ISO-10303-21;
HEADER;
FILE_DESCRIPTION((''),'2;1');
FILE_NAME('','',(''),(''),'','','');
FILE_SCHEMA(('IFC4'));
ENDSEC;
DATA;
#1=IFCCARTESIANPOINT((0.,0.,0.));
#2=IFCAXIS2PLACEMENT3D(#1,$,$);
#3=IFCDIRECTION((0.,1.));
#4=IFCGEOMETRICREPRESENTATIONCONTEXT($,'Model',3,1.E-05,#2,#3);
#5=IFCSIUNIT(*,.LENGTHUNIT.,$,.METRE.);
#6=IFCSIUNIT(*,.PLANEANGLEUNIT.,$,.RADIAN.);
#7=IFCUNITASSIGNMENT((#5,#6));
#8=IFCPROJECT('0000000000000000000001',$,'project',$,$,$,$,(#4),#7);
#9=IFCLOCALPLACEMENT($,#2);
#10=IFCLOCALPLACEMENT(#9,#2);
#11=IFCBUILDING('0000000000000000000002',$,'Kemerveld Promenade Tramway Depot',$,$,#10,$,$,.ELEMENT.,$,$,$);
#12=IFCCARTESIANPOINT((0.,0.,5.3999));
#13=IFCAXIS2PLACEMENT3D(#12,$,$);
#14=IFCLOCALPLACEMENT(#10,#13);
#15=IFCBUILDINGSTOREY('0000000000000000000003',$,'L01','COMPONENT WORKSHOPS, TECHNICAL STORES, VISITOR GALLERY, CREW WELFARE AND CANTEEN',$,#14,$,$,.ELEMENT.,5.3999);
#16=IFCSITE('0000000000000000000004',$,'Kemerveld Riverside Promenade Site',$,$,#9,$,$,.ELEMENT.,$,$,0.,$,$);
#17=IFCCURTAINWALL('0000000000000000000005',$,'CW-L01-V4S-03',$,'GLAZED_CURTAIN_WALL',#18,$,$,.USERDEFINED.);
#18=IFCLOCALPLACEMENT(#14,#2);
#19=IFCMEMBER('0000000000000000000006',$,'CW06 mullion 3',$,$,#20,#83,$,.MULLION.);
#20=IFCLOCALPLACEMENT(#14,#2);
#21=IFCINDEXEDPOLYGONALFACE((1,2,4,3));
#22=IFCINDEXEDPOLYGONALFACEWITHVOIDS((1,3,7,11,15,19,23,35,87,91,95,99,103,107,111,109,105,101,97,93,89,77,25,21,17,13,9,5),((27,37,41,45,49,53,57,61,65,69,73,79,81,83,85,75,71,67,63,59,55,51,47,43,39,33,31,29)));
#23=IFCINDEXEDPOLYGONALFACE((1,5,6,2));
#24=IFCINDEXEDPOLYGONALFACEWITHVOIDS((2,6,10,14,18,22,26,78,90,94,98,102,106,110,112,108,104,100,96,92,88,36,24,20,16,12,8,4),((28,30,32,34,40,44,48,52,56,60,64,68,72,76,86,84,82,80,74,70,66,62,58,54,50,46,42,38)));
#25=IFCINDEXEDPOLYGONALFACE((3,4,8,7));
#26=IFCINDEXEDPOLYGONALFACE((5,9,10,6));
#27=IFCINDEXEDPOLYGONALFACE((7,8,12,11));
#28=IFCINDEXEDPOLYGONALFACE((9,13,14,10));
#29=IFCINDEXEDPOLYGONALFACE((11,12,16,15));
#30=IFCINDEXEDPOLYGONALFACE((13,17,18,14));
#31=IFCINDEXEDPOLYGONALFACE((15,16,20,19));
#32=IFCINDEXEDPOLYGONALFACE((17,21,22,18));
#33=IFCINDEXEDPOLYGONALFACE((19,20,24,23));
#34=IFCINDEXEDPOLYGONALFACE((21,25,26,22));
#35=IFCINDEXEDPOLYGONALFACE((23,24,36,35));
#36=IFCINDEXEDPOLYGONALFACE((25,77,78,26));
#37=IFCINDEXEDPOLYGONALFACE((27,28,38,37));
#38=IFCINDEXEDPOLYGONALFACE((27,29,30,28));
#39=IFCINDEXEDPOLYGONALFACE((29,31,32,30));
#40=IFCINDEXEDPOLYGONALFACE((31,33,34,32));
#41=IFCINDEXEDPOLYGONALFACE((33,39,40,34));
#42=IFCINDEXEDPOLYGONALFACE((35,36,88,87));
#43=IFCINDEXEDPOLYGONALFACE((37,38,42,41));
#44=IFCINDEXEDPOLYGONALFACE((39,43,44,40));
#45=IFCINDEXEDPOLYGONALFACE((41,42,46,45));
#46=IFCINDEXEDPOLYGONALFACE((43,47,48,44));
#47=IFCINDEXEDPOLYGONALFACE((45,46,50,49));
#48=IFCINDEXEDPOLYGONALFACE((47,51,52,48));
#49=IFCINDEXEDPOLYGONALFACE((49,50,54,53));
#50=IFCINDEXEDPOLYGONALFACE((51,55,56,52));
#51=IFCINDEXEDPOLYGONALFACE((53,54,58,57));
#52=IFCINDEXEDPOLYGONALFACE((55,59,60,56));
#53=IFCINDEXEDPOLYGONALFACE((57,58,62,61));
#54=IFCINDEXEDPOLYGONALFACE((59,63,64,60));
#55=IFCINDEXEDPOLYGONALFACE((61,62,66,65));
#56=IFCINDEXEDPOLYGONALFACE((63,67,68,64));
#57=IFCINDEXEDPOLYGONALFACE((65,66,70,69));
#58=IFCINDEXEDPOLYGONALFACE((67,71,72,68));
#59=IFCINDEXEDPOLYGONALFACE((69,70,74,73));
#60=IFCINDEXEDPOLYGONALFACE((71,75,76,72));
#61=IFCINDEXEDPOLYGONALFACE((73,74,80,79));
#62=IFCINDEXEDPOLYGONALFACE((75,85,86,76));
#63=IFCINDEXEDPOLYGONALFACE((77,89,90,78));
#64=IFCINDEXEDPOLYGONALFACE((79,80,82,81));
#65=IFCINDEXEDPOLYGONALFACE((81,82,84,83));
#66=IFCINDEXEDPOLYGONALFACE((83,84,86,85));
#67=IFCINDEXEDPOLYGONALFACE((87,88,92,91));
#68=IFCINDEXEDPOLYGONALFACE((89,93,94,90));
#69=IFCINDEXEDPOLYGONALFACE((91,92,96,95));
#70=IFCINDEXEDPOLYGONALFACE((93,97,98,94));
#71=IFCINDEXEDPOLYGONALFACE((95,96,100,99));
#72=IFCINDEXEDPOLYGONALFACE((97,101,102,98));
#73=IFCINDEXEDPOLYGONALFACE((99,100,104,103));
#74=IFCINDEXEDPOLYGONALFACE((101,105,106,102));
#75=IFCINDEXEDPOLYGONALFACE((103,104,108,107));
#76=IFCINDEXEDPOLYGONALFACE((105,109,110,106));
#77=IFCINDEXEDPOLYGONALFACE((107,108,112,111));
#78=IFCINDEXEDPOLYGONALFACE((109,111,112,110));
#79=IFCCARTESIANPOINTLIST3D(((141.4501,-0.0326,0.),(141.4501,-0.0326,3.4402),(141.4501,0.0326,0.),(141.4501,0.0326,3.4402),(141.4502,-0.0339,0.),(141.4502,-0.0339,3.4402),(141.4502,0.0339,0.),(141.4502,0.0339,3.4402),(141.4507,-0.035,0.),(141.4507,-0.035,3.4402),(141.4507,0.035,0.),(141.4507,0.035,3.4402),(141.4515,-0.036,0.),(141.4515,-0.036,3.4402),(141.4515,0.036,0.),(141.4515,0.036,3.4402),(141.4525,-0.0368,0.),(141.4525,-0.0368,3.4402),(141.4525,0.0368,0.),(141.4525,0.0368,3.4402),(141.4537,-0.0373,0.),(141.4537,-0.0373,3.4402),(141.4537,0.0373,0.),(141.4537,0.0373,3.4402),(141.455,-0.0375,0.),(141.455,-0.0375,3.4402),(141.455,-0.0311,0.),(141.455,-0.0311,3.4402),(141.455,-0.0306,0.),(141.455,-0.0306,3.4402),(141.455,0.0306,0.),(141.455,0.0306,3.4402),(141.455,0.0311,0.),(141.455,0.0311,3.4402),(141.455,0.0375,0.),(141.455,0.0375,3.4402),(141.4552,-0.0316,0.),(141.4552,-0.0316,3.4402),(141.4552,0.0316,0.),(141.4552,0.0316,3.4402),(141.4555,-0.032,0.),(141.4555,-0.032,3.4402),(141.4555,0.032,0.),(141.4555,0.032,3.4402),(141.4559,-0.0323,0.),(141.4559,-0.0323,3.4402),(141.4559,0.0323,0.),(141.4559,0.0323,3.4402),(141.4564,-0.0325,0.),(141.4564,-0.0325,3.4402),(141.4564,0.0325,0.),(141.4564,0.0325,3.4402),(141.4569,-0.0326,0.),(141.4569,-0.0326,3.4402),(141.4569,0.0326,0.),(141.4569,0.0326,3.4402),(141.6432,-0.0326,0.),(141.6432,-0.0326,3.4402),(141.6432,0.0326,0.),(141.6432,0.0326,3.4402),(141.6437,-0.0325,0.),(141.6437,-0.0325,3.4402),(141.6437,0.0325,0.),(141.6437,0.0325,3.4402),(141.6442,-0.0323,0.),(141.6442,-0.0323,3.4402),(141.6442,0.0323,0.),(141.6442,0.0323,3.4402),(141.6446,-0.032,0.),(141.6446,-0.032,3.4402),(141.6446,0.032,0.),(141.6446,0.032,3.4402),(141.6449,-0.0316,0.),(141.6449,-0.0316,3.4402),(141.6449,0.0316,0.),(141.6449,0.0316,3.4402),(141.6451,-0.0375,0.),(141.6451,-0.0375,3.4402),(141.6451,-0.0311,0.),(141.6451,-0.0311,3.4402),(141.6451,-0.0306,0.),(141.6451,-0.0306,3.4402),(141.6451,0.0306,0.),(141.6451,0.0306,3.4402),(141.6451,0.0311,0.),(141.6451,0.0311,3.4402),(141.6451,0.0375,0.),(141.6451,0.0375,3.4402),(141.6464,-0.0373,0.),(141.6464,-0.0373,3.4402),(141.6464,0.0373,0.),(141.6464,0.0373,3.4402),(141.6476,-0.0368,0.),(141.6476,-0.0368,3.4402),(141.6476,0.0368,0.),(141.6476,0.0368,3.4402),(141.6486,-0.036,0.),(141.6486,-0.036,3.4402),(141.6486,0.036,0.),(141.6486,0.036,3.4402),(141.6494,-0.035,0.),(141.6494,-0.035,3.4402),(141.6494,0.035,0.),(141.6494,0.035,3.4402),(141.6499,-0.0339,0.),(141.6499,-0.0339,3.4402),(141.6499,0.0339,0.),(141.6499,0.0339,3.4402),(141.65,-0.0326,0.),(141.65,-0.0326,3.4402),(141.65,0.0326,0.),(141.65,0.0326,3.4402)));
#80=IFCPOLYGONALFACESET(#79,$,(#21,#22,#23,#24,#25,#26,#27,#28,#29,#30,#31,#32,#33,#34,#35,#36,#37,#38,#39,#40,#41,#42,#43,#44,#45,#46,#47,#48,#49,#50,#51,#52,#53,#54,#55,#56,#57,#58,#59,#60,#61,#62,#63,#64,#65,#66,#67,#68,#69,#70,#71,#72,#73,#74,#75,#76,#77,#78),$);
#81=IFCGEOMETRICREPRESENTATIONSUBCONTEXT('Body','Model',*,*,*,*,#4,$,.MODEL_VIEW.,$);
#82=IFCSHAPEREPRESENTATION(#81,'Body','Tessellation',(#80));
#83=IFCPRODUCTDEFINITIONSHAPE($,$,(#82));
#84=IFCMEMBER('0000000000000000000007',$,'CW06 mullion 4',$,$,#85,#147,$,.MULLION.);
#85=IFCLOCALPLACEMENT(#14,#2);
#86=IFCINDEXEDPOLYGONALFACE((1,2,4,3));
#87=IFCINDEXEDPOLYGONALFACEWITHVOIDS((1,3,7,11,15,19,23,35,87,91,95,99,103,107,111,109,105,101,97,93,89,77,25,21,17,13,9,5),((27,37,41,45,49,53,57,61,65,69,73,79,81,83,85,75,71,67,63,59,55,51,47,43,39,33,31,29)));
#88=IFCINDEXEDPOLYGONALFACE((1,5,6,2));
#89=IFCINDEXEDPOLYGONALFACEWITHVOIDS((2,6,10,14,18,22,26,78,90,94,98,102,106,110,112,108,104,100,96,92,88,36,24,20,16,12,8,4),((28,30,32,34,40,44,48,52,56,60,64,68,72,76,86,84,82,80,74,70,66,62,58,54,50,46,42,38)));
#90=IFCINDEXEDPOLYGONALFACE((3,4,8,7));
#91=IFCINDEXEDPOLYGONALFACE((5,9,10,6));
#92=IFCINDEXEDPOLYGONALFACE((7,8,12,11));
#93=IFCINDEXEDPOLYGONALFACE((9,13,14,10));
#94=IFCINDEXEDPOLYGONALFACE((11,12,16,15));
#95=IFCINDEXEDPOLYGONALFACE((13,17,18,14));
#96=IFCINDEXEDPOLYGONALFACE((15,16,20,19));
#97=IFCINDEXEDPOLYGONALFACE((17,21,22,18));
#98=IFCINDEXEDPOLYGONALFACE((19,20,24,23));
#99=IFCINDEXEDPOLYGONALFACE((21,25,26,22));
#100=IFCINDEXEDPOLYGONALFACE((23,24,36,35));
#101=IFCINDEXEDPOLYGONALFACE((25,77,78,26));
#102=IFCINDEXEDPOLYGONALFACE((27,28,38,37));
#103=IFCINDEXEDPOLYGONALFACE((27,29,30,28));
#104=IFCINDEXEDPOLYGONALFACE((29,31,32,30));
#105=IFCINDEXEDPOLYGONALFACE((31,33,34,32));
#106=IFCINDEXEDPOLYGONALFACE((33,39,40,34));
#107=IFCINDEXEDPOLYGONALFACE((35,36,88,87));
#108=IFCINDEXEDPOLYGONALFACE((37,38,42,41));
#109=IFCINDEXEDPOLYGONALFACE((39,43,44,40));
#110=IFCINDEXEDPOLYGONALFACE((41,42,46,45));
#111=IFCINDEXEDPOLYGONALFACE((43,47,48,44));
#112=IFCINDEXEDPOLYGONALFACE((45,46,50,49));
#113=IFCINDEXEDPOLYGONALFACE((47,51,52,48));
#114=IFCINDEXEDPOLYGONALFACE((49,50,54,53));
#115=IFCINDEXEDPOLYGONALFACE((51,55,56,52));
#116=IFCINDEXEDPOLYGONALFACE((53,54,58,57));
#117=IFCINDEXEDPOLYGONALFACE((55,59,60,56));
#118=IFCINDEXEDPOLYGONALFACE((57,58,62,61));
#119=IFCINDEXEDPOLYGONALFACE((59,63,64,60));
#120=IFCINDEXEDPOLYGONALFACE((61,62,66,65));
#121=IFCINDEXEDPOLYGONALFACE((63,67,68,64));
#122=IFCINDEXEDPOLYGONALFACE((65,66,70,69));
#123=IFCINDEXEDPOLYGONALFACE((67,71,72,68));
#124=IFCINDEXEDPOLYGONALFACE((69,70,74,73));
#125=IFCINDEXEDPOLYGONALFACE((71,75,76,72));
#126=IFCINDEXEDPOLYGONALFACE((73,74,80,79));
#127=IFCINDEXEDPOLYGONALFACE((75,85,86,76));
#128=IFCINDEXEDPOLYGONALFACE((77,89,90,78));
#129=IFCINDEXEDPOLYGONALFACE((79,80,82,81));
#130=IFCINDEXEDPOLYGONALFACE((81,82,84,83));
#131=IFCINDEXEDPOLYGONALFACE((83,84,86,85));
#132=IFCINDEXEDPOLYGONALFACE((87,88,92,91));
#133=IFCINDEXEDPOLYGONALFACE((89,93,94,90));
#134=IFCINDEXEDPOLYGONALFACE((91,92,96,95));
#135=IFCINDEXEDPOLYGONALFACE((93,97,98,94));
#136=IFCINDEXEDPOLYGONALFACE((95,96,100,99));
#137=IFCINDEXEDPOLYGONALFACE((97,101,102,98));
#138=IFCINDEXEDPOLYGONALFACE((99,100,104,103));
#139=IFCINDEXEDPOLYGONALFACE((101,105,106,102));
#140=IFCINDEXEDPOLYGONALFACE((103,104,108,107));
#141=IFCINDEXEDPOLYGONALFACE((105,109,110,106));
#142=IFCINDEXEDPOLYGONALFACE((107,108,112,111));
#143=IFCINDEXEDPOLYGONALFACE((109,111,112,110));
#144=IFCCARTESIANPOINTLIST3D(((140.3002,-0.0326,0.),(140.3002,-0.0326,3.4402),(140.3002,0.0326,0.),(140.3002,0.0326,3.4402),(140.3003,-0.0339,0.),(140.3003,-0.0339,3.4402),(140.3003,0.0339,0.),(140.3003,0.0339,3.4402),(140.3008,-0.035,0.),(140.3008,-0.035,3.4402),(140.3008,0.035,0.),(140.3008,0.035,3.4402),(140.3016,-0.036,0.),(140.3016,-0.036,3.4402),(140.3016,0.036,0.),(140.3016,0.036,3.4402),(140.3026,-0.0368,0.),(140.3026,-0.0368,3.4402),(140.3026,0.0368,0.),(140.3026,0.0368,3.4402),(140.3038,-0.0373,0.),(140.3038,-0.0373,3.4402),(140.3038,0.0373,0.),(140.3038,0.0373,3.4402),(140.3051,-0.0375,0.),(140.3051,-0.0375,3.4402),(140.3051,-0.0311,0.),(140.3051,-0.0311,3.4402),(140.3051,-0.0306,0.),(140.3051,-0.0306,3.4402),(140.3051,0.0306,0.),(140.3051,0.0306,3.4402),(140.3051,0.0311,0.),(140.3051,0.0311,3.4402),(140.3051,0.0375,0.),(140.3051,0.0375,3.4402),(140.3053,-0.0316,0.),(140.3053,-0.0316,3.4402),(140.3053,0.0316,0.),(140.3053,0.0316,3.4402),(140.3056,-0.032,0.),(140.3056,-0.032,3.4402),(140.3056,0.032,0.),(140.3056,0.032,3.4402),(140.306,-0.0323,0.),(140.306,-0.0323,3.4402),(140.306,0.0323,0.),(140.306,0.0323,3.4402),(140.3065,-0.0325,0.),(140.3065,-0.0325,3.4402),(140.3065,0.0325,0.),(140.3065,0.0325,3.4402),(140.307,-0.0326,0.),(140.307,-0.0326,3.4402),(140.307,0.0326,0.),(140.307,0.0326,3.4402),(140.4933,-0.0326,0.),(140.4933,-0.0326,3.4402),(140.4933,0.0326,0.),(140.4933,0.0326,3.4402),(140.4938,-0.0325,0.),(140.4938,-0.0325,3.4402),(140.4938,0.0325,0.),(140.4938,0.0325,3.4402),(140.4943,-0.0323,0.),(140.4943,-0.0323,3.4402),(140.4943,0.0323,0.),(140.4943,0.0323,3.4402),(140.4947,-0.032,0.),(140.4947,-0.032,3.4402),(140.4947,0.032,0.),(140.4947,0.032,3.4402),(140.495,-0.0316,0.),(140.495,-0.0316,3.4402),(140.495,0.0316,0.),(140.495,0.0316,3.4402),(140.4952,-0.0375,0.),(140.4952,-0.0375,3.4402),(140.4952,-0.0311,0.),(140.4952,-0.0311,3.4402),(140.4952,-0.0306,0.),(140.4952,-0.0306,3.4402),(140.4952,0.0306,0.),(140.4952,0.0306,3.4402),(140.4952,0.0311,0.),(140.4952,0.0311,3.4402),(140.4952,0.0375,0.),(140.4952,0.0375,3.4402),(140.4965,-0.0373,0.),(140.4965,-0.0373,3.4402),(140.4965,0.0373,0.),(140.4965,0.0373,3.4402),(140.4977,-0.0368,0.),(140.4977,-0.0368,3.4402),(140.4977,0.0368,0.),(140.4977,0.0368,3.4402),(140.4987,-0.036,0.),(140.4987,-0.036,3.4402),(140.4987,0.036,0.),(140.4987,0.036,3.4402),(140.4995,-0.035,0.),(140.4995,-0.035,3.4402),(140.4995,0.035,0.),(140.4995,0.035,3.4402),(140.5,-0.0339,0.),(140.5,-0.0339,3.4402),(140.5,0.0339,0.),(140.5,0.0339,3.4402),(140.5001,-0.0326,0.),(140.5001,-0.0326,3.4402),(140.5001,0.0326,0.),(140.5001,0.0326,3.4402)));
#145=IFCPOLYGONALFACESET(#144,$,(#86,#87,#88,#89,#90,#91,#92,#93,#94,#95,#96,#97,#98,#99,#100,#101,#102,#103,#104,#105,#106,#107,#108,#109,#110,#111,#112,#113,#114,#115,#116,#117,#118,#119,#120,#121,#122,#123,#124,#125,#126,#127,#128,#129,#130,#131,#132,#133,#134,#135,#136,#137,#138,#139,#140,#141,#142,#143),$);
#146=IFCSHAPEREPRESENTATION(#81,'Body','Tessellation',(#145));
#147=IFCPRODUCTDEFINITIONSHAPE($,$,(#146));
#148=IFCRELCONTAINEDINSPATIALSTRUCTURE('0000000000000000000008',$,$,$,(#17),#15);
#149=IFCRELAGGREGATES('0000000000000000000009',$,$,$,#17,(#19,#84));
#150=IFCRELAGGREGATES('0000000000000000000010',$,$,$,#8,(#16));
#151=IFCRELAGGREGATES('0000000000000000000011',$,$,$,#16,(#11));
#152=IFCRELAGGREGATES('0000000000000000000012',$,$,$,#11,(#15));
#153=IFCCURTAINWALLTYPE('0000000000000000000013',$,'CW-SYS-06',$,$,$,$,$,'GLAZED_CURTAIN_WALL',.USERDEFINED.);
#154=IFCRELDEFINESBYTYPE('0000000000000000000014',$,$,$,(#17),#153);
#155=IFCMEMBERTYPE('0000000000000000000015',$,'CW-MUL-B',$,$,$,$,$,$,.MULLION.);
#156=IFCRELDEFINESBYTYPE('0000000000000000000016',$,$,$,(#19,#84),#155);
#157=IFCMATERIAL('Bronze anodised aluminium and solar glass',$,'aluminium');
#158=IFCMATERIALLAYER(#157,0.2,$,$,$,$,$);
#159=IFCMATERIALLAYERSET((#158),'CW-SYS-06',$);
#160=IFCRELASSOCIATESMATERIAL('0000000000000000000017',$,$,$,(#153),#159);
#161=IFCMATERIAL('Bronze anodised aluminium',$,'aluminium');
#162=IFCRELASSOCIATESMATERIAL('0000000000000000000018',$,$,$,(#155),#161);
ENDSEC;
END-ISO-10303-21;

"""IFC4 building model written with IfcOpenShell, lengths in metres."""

from ifc_helpers import new_model, si_unit, direction, frame, origin, origin_2d, place, context, subcontext, project, spatial, hollow_rectangle, extrude, material, layer, layer_set, material_profile, profile_set, type_object, element, aggregate, save


model = new_model("IFC4")

# Units and contexts
model_context = context("Model", 3, precision=1e-05, world=origin(), true_north=direction((0.0, 1.0)))
body_context = subcontext(model_context, "Body", "Model", "MODEL_VIEW")
ifc_project = project(units=[si_unit("LENGTHUNIT", "METRE"), si_unit("PLANEANGLEUNIT", "RADIAN")], contexts=[model_context])

# Site, building, storey
site_placement = place(None, origin())
site = spatial("IfcSite", under=ifc_project, at=site_placement, Name="Kemerveld Riverside Promenade Site", CompositionType="ELEMENT", RefElevation=0.0)
building_placement = place(site_placement, origin())
building = spatial("IfcBuilding", under=site, at=building_placement, Name="Kemerveld Promenade Tramway Depot", CompositionType="ELEMENT")
storey_placement = place(building_placement, frame((0.0, 0.0, 5.3999)))
storey = spatial("IfcBuildingStorey", under=building, at=storey_placement, Name="L01", Description="COMPONENT WORKSHOPS, TECHNICAL STORES, VISITOR GALLERY, CREW WELFARE AND CANTEEN", CompositionType="ELEMENT", Elevation=5.3999)

# Curtain wall, members
ifc_material_1 = material(Name="Bronze anodised aluminium and solar glass", Category="aluminium")
ifc_layer_1 = layer(ifc_material_1, 0.2)
ifc_layer_set_1 = layer_set([ifc_layer_1], Name="CW-SYS-06")
curtain_wall_type = type_object("IfcCurtainWallType", Name="CW-SYS-06", ElementType="GLAZED_CURTAIN_WALL", PredefinedType="USERDEFINED", material=ifc_layer_set_1)
curtain_wall_placement = place(storey_placement, origin())
curtain_wall = element("IfcCurtainWall", 1, at=curtain_wall_placement, inside=storey, type_object=curtain_wall_type, Name="CW-L01-V4S-03", ObjectType="GLAZED_CURTAIN_WALL", PredefinedType="USERDEFINED")
ifc_material_2 = material(Name="Bronze anodised aluminium", Category="aluminium")
ifc_material_profile_1 = material_profile(ifc_material_2, hollow_rectangle(XDim=0.075, YDim=0.2, WallThickness=0.0049, InnerFilletRadius=0.002, OuterFilletRadius=0.0049, at=origin_2d()), Name="CW-MUL-200x75")
ifc_profile_set_1 = profile_set([ifc_material_profile_1], Name="Bronze anodised aluminium")
member_type_1 = type_object("IfcMemberType", Name="CW-MUL-B", PredefinedType="MULLION", material=ifc_profile_set_1)
member_1_placement = place(storey_placement, frame((141.55, 0.0, 0.0), z_axis=(0.0, 0.0, 1.0), x_axis=(0.0, -1.0, 0.0)))
member_1 = element("IfcMember", 2, at=member_1_placement, type_object=member_type_1, Name="CW06 mullion 3", PredefinedType="MULLION", context=body_context, shape_type="SweptSolid", body=[
    extrude(hollow_rectangle(XDim=0.075, YDim=0.2, WallThickness=0.0049, InnerFilletRadius=0.002, OuterFilletRadius=0.0049, at=origin_2d()), origin(), (0.0, 0.0, 1.0), 3.4402),
])
member_2_placement = place(storey_placement, frame((140.4001, 0.0, 0.0), z_axis=(0.0, 0.0, 1.0), x_axis=(0.0, -1.0, 0.0)))
member_2 = element("IfcMember", 3, at=member_2_placement, type_object=member_type_1, Name="CW06 mullion 4", PredefinedType="MULLION", context=body_context, shape_type="SweptSolid", body=[
    extrude(hollow_rectangle(XDim=0.075, YDim=0.2, WallThickness=0.0049, InnerFilletRadius=0.002, OuterFilletRadius=0.0049, at=origin_2d()), origin(), (0.0, 0.0, 1.0), 3.4402),
])
aggregate(curtain_wall, [member_1, member_2])

save(model, "model.ifc")
